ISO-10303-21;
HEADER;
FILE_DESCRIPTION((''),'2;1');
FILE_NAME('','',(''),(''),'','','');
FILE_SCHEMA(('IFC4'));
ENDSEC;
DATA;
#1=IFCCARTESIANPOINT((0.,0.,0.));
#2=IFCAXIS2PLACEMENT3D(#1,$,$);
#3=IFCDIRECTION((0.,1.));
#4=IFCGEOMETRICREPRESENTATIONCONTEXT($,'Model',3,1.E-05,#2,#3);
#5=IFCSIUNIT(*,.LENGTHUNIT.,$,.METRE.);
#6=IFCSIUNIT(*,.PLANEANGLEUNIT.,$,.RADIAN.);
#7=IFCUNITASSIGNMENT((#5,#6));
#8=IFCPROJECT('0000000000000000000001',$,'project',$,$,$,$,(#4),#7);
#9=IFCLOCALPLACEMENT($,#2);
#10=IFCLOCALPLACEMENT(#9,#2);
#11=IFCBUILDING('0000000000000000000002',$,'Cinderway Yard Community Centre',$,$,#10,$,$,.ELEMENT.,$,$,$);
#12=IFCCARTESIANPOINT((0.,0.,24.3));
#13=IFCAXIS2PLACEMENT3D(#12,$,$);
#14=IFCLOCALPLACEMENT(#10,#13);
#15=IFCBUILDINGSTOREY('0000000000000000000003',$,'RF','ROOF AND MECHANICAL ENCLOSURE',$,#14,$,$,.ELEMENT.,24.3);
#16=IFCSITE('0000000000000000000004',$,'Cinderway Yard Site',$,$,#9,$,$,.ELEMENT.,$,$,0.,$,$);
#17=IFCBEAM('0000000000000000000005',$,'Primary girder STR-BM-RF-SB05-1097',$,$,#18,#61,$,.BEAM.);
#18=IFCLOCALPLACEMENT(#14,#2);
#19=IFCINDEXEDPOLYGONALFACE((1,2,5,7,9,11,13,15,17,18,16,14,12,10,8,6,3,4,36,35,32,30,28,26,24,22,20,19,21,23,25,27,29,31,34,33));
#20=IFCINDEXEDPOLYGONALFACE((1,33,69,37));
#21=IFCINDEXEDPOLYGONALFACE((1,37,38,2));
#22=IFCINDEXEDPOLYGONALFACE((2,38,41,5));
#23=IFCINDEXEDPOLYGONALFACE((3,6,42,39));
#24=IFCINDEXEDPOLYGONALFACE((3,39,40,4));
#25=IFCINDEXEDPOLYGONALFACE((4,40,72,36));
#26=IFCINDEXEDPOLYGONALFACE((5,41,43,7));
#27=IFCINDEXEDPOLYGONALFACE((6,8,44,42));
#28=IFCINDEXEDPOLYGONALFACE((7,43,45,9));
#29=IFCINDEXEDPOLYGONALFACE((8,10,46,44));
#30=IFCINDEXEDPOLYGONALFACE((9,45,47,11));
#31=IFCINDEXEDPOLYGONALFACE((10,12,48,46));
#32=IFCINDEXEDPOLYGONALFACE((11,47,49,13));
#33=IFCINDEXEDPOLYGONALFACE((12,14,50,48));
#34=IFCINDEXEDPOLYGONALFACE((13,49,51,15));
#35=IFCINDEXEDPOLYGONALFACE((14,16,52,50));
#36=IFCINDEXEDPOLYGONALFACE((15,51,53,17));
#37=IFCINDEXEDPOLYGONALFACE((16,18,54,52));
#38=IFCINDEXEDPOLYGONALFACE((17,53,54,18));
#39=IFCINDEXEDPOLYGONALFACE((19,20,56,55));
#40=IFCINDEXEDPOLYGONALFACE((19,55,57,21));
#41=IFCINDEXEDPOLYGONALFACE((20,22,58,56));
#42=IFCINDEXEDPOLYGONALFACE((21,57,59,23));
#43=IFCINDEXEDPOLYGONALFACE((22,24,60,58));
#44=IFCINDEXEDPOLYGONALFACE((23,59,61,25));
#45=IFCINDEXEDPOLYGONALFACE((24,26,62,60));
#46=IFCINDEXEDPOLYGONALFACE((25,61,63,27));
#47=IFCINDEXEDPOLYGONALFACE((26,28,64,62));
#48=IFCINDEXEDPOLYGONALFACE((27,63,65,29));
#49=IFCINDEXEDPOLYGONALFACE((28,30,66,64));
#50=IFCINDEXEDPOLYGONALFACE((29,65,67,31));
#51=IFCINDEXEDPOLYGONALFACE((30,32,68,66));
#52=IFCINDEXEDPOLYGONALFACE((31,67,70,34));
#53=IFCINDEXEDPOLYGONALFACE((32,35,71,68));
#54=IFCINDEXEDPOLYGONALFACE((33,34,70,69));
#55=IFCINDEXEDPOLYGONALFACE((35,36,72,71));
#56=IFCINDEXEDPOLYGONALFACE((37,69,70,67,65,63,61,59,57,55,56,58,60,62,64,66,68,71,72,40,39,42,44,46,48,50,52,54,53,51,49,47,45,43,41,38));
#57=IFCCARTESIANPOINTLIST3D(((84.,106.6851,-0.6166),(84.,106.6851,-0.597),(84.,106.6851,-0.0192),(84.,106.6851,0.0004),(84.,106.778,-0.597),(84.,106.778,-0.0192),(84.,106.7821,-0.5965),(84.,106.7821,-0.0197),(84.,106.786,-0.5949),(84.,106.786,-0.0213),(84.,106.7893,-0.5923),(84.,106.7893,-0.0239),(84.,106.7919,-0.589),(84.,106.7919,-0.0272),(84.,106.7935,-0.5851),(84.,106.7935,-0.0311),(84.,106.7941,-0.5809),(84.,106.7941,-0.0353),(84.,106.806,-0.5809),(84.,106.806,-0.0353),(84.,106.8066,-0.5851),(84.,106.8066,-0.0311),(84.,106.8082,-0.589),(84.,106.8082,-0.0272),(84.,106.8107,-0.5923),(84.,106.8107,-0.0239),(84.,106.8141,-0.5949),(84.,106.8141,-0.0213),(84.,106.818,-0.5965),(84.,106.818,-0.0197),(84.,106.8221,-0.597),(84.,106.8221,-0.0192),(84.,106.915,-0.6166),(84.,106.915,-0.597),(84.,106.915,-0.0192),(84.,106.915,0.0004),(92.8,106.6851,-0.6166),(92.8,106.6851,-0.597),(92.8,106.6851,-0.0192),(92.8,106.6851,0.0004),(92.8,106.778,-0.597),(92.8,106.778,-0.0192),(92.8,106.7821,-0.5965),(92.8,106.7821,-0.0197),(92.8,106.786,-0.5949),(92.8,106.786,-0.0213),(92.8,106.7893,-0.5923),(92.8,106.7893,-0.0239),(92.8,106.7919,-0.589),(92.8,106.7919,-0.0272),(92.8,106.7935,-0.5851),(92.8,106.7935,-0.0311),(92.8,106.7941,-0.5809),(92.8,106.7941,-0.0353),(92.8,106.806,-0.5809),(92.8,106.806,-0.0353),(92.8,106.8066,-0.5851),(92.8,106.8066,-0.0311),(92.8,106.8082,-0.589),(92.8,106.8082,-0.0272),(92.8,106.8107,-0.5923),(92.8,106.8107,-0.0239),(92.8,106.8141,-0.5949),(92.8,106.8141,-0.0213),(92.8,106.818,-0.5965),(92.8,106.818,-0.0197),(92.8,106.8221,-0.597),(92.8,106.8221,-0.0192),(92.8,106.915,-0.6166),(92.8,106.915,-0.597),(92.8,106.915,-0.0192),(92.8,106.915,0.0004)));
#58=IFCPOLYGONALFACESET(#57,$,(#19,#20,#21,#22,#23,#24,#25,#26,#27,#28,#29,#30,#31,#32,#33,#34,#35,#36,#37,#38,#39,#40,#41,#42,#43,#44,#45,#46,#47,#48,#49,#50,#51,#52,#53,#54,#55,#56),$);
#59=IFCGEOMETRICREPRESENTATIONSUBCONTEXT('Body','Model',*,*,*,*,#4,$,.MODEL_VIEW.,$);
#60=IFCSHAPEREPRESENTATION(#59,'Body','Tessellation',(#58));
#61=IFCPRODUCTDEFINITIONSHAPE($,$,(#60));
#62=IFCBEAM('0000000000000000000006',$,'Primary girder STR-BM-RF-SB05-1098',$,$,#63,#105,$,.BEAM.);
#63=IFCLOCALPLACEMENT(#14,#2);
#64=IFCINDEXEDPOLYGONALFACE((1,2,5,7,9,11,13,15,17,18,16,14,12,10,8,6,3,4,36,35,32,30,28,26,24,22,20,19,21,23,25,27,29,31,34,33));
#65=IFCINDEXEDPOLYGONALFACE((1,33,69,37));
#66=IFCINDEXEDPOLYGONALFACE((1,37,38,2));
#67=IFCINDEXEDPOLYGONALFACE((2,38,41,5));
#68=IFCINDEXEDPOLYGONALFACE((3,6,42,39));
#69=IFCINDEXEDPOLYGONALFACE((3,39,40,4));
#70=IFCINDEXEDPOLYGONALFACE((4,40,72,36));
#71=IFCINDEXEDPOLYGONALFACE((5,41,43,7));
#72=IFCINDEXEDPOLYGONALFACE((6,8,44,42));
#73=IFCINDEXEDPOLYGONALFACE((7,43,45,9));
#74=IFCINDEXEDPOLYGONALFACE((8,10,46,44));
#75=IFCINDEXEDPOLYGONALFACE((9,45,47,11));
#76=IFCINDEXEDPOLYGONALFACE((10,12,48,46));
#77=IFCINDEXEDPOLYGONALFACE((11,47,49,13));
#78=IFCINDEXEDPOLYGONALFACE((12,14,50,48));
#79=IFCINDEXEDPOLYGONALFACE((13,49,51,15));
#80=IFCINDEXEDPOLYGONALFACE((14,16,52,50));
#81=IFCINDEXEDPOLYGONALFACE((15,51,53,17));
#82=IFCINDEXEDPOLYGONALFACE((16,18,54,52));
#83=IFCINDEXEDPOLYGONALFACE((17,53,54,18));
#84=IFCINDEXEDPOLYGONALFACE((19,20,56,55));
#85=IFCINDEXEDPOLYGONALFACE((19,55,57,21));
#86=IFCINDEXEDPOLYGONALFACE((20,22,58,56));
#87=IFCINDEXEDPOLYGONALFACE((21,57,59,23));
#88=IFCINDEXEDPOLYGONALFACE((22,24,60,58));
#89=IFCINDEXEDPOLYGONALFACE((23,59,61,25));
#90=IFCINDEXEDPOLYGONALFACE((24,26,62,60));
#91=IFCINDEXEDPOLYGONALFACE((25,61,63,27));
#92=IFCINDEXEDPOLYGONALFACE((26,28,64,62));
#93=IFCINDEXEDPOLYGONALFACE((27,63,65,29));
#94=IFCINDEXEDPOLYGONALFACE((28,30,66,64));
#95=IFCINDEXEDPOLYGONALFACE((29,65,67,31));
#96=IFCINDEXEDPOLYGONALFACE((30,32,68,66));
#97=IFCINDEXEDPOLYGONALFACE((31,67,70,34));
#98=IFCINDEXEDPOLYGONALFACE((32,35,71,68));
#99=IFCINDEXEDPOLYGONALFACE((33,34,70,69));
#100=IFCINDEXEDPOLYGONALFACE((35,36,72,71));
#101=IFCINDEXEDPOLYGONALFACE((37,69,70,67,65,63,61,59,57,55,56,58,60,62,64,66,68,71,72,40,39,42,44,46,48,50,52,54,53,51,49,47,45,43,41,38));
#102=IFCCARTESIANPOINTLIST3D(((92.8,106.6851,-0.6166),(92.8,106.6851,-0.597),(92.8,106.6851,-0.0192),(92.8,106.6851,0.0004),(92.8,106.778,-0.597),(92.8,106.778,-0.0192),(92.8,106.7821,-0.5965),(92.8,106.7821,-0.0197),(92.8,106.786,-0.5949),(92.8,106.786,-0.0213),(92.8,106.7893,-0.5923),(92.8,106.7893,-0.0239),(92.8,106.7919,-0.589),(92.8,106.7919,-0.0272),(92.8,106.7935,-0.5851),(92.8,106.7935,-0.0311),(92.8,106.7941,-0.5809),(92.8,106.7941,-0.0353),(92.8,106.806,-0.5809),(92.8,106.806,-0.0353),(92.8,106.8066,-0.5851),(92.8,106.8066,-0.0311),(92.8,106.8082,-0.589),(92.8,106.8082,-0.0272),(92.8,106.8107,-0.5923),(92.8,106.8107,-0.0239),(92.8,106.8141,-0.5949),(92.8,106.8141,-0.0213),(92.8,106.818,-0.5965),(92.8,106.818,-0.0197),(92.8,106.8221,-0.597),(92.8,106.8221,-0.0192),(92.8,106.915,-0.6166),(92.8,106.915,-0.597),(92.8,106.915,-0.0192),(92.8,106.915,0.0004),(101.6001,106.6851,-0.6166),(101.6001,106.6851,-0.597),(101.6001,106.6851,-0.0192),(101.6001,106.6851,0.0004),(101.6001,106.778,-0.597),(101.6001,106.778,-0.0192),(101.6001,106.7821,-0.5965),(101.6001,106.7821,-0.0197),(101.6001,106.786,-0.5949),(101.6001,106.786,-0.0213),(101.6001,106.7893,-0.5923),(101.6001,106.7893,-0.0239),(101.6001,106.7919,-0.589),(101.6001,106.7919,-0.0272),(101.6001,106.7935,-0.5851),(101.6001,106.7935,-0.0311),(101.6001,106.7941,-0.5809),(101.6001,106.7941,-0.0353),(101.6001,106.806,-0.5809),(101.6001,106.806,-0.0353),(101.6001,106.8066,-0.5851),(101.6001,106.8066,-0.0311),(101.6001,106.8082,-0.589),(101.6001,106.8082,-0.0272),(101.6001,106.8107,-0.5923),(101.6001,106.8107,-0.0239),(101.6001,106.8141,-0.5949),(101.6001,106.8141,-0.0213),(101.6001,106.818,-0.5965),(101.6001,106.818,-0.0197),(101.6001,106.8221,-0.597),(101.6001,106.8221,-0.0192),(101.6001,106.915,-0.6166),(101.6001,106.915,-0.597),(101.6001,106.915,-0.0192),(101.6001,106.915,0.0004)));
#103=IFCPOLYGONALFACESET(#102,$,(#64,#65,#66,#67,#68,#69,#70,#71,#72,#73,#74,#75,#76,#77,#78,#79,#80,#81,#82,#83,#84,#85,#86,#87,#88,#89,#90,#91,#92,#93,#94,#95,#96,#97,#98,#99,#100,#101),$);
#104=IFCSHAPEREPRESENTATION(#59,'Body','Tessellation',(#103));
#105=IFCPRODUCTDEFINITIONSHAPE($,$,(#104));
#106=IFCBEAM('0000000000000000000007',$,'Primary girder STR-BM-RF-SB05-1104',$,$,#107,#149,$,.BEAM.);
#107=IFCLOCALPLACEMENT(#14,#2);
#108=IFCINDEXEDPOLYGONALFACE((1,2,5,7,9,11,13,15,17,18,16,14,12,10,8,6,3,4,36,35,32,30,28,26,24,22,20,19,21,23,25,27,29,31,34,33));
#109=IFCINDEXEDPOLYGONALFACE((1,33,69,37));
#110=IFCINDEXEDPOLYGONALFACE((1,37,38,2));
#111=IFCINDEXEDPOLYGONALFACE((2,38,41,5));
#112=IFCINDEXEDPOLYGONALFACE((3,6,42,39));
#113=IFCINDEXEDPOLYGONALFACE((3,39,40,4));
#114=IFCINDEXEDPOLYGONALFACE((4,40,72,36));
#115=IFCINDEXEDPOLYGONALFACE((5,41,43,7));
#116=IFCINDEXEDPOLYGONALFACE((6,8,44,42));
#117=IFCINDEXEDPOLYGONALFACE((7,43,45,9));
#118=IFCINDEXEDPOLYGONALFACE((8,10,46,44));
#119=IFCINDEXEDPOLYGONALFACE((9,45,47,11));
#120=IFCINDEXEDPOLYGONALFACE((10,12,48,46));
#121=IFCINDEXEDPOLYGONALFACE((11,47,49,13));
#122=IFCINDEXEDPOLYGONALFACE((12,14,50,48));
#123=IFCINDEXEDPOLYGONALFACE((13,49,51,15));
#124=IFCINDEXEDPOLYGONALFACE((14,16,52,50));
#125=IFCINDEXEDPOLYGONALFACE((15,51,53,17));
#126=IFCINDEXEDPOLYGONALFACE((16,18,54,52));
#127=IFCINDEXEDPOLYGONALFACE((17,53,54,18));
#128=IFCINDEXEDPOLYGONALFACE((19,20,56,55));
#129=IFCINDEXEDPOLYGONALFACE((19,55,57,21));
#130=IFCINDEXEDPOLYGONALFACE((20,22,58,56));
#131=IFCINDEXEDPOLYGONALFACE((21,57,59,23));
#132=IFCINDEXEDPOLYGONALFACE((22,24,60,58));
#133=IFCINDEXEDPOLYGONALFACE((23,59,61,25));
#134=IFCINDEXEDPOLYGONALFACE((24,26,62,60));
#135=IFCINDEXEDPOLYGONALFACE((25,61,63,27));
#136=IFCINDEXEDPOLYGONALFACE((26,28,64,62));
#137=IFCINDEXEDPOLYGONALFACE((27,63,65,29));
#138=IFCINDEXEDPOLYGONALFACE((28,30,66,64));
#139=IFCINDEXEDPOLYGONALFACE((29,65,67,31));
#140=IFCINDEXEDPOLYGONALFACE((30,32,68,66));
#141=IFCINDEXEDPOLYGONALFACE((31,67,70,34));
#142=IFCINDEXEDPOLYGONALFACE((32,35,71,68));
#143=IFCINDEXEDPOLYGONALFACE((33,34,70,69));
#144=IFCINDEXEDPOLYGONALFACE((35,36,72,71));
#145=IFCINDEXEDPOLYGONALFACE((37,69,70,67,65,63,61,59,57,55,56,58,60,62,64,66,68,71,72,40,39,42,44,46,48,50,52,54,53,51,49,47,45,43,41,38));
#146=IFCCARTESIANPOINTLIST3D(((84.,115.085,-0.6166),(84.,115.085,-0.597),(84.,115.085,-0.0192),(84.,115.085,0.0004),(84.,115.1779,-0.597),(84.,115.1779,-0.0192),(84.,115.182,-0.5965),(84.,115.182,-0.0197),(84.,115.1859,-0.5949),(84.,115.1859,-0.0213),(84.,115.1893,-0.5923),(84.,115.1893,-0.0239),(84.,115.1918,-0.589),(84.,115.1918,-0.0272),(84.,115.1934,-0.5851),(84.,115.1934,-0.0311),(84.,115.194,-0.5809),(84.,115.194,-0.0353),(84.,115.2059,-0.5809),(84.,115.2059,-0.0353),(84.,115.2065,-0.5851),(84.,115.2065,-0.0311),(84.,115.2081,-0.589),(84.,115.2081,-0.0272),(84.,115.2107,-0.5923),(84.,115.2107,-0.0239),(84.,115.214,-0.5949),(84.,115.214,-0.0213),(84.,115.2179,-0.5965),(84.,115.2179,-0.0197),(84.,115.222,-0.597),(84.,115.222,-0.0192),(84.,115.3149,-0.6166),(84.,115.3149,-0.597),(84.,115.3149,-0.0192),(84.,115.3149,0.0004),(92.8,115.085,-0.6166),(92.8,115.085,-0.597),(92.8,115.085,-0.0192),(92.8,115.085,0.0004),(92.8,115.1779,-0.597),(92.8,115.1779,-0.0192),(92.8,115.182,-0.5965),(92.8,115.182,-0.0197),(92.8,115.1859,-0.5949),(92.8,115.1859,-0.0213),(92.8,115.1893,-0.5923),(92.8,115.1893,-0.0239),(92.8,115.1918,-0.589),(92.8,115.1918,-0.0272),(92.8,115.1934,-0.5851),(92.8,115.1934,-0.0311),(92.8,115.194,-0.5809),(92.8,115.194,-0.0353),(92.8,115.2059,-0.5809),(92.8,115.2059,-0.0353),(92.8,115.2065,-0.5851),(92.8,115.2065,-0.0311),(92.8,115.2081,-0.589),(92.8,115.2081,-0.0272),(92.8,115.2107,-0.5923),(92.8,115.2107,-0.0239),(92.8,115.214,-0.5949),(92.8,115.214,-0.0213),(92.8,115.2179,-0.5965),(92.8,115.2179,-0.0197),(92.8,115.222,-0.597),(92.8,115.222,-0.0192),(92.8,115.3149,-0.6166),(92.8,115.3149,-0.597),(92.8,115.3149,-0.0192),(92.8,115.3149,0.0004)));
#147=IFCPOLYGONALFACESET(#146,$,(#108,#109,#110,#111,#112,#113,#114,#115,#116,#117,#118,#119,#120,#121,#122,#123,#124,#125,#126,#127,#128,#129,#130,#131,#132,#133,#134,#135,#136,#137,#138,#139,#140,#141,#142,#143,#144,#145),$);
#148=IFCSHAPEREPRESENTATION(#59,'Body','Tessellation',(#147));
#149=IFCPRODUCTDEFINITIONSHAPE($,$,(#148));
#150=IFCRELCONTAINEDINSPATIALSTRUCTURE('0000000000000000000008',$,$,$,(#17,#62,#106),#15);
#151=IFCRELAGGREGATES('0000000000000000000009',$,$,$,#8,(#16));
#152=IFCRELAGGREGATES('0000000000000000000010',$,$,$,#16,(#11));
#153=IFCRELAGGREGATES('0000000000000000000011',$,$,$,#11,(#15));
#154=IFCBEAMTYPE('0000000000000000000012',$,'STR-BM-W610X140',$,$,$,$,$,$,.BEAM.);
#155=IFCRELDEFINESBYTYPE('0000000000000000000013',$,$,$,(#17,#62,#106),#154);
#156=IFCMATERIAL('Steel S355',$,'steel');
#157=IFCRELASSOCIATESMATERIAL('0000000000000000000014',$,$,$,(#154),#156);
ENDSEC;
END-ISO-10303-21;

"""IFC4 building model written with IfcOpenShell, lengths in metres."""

from ifc_helpers import new_model, si_unit, direction, frame, origin, origin_2d, place, context, subcontext, project, spatial, i_section, extrude, material, material_profile, profile_set, type_object, element, save


model = new_model("IFC4")

# Units and contexts
model_context = context("Model", 3, precision=1e-05, world=origin(), true_north=direction((0.0, 1.0)))
body_context = subcontext(model_context, "Body", "Model", "MODEL_VIEW")
ifc_project = project(units=[si_unit("LENGTHUNIT", "METRE"), si_unit("PLANEANGLEUNIT", "RADIAN")], contexts=[model_context])

# Site, building, storey
site_placement = place(None, origin())
site = spatial("IfcSite", under=ifc_project, at=site_placement, Name="Cinderway Yard Site", CompositionType="ELEMENT", RefElevation=0.0)
building_placement = place(site_placement, origin())
building = spatial("IfcBuilding", under=site, at=building_placement, Name="Cinderway Yard Community Centre", CompositionType="ELEMENT")
storey_placement = place(building_placement, frame((0.0, 0.0, 24.3)))
storey = spatial("IfcBuildingStorey", under=building, at=storey_placement, Name="RF", Description="ROOF AND MECHANICAL ENCLOSURE", CompositionType="ELEMENT", Elevation=24.3)

# Shared definitions
ifc_material_1 = material(Name="Steel S355", Category="steel")

# Beams
ifc_material_profile_1 = material_profile(ifc_material_1, i_section(OverallWidth=0.23, OverallDepth=0.6169, WebThickness=0.012, FlangeThickness=0.0195, FilletRadius=0.0161, at=origin_2d()), Name="Steel S355")
ifc_profile_set_1 = profile_set([ifc_material_profile_1], Name="Steel S355")
beam_type_1 = type_object("IfcBeamType", Name="STR-BM-W610X140", PredefinedType="BEAM", material=ifc_profile_set_1)
for number, where, z_axis, x_axis, name in (
    (1, (84.0, 106.8, -0.3081), (1.0, 0.0, 0.0), (0.0, 1.0, 0.0), "Primary girder STR-BM-RF-SB05-1097"),
    (2, (92.8, 106.8, -0.3081), (1.0, 0.0, 0.0), (0.0, 1.0, 0.0), "Primary girder STR-BM-RF-SB05-1098"),
    (3, (84.0, 115.2, -0.3081), (1.0, 0.0, 0.0), (0.0, 1.0, 0.0), "Primary girder STR-BM-RF-SB05-1104"),
):
    element("IfcBeam", number, at=place(storey_placement, frame(where, z_axis=z_axis, x_axis=x_axis)), inside=storey, type_object=beam_type_1, Name=name, PredefinedType="BEAM", context=body_context, shape_type="SweptSolid", body=[
        extrude(i_section(OverallWidth=0.23, OverallDepth=0.6169, WebThickness=0.012, FlangeThickness=0.0195, FilletRadius=0.0161, at=origin_2d()), origin(), (0.0, 0.0, 1.0), 8.8),
    ])

save(model, "model.ifc")
